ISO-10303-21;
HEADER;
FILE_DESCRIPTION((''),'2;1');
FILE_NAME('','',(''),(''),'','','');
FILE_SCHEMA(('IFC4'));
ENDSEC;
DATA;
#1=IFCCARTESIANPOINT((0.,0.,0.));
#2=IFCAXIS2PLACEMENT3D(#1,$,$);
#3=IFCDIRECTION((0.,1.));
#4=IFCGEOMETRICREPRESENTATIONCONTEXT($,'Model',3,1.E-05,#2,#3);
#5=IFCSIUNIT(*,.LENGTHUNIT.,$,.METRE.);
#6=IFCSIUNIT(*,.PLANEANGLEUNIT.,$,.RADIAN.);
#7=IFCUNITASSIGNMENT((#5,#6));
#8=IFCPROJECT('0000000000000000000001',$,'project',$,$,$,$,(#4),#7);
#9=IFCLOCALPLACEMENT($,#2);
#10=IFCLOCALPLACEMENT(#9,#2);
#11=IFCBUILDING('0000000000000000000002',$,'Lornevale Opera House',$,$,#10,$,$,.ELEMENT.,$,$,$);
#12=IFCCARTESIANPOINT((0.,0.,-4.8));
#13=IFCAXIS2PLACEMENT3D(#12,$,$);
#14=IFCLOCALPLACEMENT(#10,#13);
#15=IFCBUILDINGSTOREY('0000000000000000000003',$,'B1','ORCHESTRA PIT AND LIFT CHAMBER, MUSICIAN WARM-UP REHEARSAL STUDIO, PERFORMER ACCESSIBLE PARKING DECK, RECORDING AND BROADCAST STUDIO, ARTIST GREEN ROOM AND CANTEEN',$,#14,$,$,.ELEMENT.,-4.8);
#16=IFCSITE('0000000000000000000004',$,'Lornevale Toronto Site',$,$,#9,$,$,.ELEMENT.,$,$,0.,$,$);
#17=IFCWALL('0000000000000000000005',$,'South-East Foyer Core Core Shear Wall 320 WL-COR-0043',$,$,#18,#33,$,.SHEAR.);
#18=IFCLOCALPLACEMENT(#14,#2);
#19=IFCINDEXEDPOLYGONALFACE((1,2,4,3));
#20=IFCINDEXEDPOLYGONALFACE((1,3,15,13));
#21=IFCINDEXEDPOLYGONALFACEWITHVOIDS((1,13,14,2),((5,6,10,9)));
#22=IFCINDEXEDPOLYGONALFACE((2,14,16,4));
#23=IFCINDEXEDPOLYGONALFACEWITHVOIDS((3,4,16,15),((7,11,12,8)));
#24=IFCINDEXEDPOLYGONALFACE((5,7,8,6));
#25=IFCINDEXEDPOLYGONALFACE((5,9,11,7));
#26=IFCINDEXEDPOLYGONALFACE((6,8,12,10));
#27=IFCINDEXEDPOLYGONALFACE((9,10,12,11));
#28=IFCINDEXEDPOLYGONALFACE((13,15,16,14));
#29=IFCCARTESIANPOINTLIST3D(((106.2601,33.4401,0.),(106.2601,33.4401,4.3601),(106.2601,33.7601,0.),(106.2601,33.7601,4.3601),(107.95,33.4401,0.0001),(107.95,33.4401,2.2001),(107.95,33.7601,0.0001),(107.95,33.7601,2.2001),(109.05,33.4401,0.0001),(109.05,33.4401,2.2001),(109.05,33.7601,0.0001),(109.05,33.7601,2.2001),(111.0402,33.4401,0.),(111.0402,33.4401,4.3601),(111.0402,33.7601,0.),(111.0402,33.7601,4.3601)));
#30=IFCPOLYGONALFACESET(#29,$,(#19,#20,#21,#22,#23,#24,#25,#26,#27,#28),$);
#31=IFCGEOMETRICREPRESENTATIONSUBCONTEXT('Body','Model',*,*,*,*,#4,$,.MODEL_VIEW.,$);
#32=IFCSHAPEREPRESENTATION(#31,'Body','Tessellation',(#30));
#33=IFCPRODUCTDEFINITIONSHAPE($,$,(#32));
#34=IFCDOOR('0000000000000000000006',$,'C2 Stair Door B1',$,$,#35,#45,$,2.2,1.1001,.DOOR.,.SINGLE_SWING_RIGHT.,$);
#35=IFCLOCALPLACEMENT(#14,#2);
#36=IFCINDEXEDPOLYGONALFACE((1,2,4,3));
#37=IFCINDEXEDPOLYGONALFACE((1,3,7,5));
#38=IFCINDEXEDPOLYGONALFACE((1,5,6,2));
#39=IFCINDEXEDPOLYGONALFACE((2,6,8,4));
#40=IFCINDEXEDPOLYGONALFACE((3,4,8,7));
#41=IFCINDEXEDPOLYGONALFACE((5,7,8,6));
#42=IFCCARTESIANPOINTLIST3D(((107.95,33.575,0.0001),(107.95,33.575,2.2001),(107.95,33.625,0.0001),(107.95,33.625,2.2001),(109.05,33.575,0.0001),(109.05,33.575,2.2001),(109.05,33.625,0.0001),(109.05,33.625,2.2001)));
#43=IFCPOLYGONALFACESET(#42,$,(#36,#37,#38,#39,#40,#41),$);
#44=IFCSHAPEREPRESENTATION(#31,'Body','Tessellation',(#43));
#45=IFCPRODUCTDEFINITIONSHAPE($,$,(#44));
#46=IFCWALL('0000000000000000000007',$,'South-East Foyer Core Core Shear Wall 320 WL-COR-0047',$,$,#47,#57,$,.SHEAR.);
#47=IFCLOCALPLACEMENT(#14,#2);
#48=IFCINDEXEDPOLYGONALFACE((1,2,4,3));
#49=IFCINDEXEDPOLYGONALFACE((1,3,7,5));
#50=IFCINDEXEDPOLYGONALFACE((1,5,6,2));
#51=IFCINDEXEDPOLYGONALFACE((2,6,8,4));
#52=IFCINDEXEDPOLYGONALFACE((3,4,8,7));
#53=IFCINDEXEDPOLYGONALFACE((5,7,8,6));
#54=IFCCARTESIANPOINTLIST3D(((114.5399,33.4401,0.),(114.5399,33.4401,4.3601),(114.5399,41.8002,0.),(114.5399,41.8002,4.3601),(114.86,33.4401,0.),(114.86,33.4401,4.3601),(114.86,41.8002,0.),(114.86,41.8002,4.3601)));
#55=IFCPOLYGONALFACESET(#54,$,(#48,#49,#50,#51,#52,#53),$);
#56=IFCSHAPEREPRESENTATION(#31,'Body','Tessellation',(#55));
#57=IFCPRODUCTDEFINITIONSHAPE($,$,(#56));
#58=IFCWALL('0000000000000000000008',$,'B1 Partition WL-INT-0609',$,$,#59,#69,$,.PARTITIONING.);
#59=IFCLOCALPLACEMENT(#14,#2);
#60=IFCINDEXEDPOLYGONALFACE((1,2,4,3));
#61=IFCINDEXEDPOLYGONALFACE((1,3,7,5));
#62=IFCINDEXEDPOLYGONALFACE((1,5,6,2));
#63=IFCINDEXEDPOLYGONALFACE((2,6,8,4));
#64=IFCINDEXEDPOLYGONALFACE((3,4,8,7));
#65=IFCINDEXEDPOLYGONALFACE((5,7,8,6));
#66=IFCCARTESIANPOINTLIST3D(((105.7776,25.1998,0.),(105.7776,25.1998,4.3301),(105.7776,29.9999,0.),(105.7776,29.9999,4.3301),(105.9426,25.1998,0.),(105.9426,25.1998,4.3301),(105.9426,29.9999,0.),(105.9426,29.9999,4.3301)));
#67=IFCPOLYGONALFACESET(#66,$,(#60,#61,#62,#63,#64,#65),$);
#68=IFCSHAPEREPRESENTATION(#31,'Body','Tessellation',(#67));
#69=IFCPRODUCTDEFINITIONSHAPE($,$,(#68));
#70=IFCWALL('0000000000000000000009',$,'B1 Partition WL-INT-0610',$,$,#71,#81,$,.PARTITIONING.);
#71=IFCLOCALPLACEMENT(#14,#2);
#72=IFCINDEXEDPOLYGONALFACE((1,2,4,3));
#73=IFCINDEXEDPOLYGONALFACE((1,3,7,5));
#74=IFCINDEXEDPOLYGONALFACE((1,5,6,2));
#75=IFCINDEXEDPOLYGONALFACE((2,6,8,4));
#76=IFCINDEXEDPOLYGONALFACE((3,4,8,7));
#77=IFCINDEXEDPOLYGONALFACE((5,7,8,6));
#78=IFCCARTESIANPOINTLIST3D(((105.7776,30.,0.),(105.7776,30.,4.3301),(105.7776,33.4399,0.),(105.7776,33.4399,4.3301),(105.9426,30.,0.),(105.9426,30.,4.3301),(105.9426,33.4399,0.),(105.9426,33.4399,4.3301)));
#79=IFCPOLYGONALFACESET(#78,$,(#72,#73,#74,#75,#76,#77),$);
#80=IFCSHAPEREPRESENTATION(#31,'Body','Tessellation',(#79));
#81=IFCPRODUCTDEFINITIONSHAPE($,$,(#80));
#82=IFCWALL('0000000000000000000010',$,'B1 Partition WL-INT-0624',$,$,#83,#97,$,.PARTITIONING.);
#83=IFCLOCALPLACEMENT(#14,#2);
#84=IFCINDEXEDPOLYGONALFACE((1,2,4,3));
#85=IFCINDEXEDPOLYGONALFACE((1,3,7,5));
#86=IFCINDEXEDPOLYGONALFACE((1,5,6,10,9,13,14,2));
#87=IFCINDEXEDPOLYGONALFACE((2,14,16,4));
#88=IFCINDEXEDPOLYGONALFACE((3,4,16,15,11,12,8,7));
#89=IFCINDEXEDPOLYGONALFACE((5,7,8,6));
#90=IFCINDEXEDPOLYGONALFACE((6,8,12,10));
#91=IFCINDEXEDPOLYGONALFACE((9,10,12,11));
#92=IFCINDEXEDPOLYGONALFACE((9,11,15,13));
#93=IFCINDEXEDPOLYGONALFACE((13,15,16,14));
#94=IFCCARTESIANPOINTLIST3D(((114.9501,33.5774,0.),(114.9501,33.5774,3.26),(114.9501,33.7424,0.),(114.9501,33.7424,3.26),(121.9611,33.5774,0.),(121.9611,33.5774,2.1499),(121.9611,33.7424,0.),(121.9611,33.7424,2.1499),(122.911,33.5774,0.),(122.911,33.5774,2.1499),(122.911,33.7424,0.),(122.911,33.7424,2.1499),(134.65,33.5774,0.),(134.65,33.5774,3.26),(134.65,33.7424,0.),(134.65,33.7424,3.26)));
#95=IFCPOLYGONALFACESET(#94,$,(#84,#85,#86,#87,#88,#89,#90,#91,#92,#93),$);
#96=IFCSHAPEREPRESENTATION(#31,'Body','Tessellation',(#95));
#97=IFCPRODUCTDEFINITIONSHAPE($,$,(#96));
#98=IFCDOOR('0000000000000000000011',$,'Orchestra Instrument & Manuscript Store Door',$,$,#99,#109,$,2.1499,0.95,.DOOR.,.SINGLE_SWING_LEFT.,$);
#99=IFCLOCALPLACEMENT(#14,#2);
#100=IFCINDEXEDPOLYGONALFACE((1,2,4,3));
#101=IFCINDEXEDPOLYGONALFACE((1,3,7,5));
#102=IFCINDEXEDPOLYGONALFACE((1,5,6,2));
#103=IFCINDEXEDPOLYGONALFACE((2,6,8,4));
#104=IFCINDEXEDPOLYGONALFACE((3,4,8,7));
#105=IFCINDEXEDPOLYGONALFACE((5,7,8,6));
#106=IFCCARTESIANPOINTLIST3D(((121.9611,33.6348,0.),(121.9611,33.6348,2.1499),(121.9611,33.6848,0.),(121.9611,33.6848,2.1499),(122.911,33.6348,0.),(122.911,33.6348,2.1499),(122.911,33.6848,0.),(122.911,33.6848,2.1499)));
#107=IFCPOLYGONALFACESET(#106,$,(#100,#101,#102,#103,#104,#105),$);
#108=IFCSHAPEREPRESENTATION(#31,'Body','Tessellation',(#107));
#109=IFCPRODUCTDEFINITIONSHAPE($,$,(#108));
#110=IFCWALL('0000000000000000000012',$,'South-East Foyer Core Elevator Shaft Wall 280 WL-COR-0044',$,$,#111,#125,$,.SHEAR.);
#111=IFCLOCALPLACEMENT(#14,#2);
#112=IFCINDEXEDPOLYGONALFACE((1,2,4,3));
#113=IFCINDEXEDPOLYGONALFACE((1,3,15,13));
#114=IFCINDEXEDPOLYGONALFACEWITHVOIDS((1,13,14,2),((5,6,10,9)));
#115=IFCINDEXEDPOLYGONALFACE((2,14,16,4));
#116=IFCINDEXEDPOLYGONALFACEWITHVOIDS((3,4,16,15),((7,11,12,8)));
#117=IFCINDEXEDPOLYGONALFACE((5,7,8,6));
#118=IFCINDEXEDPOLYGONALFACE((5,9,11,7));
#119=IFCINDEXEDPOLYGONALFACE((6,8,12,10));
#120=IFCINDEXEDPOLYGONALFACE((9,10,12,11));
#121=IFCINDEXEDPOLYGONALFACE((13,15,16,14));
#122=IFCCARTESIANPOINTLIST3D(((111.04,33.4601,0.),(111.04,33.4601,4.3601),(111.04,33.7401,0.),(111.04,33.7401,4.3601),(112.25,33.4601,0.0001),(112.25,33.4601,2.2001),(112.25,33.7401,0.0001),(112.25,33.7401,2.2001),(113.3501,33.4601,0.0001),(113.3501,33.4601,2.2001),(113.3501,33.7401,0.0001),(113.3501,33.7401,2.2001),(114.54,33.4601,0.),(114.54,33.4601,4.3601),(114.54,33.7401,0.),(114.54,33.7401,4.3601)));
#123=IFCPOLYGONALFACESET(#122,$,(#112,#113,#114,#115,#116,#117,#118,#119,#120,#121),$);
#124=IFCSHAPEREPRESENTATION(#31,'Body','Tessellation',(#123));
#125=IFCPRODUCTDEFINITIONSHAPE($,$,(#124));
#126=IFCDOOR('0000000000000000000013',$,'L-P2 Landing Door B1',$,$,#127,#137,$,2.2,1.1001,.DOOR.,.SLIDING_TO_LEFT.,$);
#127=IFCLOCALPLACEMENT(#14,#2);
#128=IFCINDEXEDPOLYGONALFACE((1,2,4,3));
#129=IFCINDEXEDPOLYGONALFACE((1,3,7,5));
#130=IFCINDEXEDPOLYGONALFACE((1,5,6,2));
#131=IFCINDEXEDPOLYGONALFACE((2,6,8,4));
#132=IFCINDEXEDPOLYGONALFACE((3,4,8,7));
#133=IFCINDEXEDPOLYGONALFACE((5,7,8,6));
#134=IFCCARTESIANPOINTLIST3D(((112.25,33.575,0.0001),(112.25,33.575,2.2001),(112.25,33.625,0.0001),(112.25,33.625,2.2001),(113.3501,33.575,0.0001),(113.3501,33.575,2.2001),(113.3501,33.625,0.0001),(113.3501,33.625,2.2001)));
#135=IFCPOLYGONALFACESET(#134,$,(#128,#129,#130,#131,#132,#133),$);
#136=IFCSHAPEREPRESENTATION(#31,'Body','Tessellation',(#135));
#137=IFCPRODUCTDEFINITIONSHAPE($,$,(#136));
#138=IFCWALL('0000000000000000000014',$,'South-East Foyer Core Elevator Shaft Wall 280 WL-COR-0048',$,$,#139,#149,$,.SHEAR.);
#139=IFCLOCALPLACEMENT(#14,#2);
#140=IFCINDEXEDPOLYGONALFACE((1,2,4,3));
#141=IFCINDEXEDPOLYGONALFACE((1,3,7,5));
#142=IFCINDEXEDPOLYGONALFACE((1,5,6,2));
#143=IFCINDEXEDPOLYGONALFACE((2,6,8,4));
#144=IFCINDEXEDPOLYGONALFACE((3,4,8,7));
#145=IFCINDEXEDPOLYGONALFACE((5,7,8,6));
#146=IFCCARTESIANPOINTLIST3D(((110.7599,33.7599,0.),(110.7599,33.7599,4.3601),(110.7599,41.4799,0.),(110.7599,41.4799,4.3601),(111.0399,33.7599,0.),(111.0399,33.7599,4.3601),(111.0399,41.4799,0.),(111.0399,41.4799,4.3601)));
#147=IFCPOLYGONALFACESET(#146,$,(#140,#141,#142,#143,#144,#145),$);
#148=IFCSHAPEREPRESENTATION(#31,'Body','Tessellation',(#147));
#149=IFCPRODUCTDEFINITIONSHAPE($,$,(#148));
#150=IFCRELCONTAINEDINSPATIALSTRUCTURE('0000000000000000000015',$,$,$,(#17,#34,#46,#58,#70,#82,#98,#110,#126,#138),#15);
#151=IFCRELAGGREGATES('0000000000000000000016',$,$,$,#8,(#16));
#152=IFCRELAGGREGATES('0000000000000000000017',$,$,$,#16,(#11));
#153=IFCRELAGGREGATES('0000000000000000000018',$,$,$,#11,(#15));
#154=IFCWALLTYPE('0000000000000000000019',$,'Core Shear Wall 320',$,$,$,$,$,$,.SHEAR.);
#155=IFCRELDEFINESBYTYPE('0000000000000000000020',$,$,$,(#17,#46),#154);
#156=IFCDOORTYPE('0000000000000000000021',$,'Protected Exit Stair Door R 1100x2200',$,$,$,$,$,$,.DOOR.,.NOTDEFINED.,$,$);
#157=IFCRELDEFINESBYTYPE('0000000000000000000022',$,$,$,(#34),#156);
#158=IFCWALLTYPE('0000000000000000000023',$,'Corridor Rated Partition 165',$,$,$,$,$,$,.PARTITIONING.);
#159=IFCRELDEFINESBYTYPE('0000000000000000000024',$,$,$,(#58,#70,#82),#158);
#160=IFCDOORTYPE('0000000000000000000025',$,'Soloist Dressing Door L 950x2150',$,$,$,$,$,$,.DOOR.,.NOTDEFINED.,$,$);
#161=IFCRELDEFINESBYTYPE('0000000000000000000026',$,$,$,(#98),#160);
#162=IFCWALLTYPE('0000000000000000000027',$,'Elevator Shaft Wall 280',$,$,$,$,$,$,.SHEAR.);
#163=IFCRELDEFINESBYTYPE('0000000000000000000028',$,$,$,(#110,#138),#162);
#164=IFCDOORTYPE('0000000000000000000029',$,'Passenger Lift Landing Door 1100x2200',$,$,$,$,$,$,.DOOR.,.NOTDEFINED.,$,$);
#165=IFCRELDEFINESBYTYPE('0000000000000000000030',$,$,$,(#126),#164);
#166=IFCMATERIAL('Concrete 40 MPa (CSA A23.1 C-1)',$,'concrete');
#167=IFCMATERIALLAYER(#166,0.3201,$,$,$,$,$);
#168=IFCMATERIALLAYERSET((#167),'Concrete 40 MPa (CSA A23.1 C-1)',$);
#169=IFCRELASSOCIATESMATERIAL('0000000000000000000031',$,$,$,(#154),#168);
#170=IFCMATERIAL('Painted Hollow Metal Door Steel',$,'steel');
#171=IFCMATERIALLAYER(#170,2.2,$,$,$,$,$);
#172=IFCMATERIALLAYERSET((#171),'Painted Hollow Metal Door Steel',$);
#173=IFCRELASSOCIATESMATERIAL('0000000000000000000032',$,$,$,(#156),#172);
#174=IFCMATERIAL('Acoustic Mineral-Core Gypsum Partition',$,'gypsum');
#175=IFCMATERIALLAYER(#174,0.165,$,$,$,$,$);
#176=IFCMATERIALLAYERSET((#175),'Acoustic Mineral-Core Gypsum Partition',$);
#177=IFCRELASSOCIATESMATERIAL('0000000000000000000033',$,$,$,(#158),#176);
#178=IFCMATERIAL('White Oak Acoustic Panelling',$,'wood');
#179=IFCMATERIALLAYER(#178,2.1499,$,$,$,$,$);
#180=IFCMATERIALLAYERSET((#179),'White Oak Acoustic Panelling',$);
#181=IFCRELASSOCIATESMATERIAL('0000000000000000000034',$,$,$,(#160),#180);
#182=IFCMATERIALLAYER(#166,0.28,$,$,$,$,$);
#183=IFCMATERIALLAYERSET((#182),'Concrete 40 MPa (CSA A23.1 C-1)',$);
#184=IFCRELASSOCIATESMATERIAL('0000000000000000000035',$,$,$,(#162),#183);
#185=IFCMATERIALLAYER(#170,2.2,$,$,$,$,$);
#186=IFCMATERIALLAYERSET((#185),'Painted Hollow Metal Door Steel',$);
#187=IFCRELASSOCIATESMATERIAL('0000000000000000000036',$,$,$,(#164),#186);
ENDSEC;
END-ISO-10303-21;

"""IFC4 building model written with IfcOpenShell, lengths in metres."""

from ifc_helpers import new_model, si_unit, direction, frame, frame_2d, origin, place, context, subcontext, project, spatial, rectangle, extrude, material, layer, layer_set, type_object, element, fill, save


model = new_model("IFC4")

# Units and contexts
model_context = context("Model", 3, precision=1e-05, world=origin(), true_north=direction((0.0, 1.0)))
body_context = subcontext(model_context, "Body", "Model", "MODEL_VIEW")
ifc_project = project(units=[si_unit("LENGTHUNIT", "METRE"), si_unit("PLANEANGLEUNIT", "RADIAN")], contexts=[model_context])

# Site, building, storey
site_placement = place(None, origin())
site = spatial("IfcSite", under=ifc_project, at=site_placement, Name="Lornevale Toronto Site", CompositionType="ELEMENT", RefElevation=0.0)
building_placement = place(site_placement, origin())
building = spatial("IfcBuilding", under=site, at=building_placement, Name="Lornevale Opera House", CompositionType="ELEMENT")
storey_placement = place(building_placement, frame((0.0, 0.0, -4.8)))
storey = spatial("IfcBuildingStorey", under=building, at=storey_placement, Name="B1", Description="ORCHESTRA PIT AND LIFT CHAMBER, MUSICIAN WARM-UP REHEARSAL STUDIO, PERFORMER ACCESSIBLE PARKING DECK, RECORDING AND BROADCAST STUDIO, ARTIST GREEN ROOM AND CANTEEN", CompositionType="ELEMENT", Elevation=-4.8)

# Shared definitions
ifc_material_1 = material(Name="Concrete 40 MPa (CSA A23.1 C-1)", Category="concrete")

# Wall, opening, door
ifc_layer_1 = layer(ifc_material_1, 0.3201)
ifc_layer_set_1 = layer_set([ifc_layer_1], Name="Concrete 40 MPa (CSA A23.1 C-1)")
wall_type_1 = type_object("IfcWallType", Name="Core Shear Wall 320", PredefinedType="SHEAR", material=ifc_layer_set_1)
wall_1_placement = place(storey_placement, frame((106.26, 33.6001, 0.0), z_axis=(0.0, 0.0, 1.0), x_axis=(1.0, 0.0, 0.0)))
wall_1 = element("IfcWall", 1, at=wall_1_placement, inside=storey, type_object=wall_type_1, Name="South-East Foyer Core Core Shear Wall 320 WL-COR-0043", PredefinedType="SHEAR", context=body_context, shape_type="SweptSolid", body=[
    extrude(rectangle(XDim=4.78, YDim=0.3201, at=frame_2d((2.3901, 0.0))), origin(), (0.0, 0.0, 1.0), 4.3601),
])
opening_1_placement = place(wall_1_placement, frame((1.6899, 0.0, 0.0)))
opening_1 = element("IfcOpeningElement", 2, at=opening_1_placement, cuts=wall_1, PredefinedType="OPENING", context=body_context, shape_type="SweptSolid", body=[
    extrude(rectangle(XDim=1.1001, YDim=2.2, at=frame_2d((0.55, 1.1001))), frame((0.0, 0.1699, 0.0), z_axis=(0.0, -1.0, 0.0), x_axis=(1.0, 0.0, 0.0)), (0.0, 0.0, 1.0), 0.3401),
])
ifc_material_2 = material(Name="Painted Hollow Metal Door Steel", Category="steel")
ifc_layer_2 = layer(ifc_material_2, 2.2)
ifc_layer_set_2 = layer_set([ifc_layer_2], Name="Painted Hollow Metal Door Steel")
door_type_1 = type_object("IfcDoorType", Name="Protected Exit Stair Door R 1100x2200", OperationType="NOTDEFINED", PredefinedType="DOOR", material=ifc_layer_set_2)
door_1_placement = place(opening_1_placement, origin())
door_1 = element("IfcDoor", 3, at=door_1_placement, inside=storey, type_object=door_type_1, Name="C2 Stair Door B1", OperationType="SINGLE_SWING_RIGHT", OverallHeight=2.2, OverallWidth=1.1001, PredefinedType="DOOR", context=body_context, shape_type="SweptSolid", body=[
    extrude(rectangle(XDim=1.1001, YDim=2.2, at=frame_2d((0.55, 1.1001))), frame((0.0, 0.0249, 0.0), z_axis=(0.0, -1.0, 0.0), x_axis=(1.0, 0.0, 0.0)), (0.0, 0.0, 1.0), 0.05),
])
fill(opening_1, door_1)

# Walls
wall_2_placement = place(storey_placement, frame((114.7, 33.4399, 0.0), z_axis=(0.0, 0.0, 1.0), x_axis=(0.0, 1.0, 0.0)))
element("IfcWall", 4, at=wall_2_placement, inside=storey, type_object=wall_type_1, Name="South-East Foyer Core Core Shear Wall 320 WL-COR-0047", PredefinedType="SHEAR", context=body_context, shape_type="SweptSolid", body=[
    extrude(rectangle(XDim=8.3601, YDim=0.3201, at=frame_2d((4.1802, 0.0))), origin(), (0.0, 0.0, 1.0), 4.3601),
])
ifc_material_3 = material(Name="Acoustic Mineral-Core Gypsum Partition", Category="gypsum")
ifc_layer_3 = layer(ifc_material_3, 0.165)
ifc_layer_set_3 = layer_set([ifc_layer_3], Name="Acoustic Mineral-Core Gypsum Partition")
wall_type_2 = type_object("IfcWallType", Name="Corridor Rated Partition 165", PredefinedType="PARTITIONING", material=ifc_layer_set_3)
wall_3_placement = place(storey_placement, frame((105.8601, 25.2, 0.0), z_axis=(0.0, 0.0, 1.0), x_axis=(0.0, 1.0, 0.0)))
element("IfcWall", 5, at=wall_3_placement, inside=storey, type_object=wall_type_2, Name="B1 Partition WL-INT-0609", PredefinedType="PARTITIONING", context=body_context, shape_type="SweptSolid", body=[
    extrude(rectangle(XDim=4.8, YDim=0.165, at=frame_2d((2.3999, 0.0))), origin(), (0.0, 0.0, 1.0), 4.3301),
])
wall_4_placement = place(storey_placement, frame((105.8601, 30.0, 0.0), z_axis=(0.0, 0.0, 1.0), x_axis=(0.0, 1.0, 0.0)))
element("IfcWall", 6, at=wall_4_placement, inside=storey, type_object=wall_type_2, Name="B1 Partition WL-INT-0610", PredefinedType="PARTITIONING", context=body_context, shape_type="SweptSolid", body=[
    extrude(rectangle(XDim=3.4399, YDim=0.165, at=frame_2d((1.72, 0.0))), origin(), (0.0, 0.0, 1.0), 4.3301),
])

# Walls, openings, doors
wall_5_placement = place(storey_placement, frame((114.95, 33.6599, 0.0), z_axis=(0.0, 0.0, 1.0), x_axis=(1.0, 0.0, 0.0)))
wall_5 = element("IfcWall", 7, at=wall_5_placement, inside=storey, type_object=wall_type_2, Name="B1 Partition WL-INT-0624", PredefinedType="PARTITIONING", context=body_context, shape_type="SweptSolid", body=[
    extrude(rectangle(XDim=19.7, YDim=0.165, at=frame_2d((9.8501, 0.0))), origin(), (0.0, 0.0, 1.0), 3.26),
])
opening_2_placement = place(wall_5_placement, frame((7.011, 0.0, 0.0)))
opening_2 = element("IfcOpeningElement", 8, at=opening_2_placement, cuts=wall_5, PredefinedType="OPENING", context=body_context, shape_type="SweptSolid", body=[
    extrude(rectangle(XDim=0.95, YDim=2.1499, at=frame_2d((0.4751, 1.075))), frame((0.0, 0.0925, 0.0), z_axis=(0.0, -1.0, 0.0), x_axis=(1.0, 0.0, 0.0)), (0.0, 0.0, 1.0), 0.1851),
])
ifc_material_4 = material(Name="White Oak Acoustic Panelling", Category="wood")
ifc_layer_4 = layer(ifc_material_4, 2.1499)
ifc_layer_set_4 = layer_set([ifc_layer_4], Name="White Oak Acoustic Panelling")
door_type_2 = type_object("IfcDoorType", Name="Soloist Dressing Door L 950x2150", OperationType="NOTDEFINED", PredefinedType="DOOR", material=ifc_layer_set_4)
door_2_placement = place(opening_2_placement, origin())
door_2 = element("IfcDoor", 9, at=door_2_placement, inside=storey, type_object=door_type_2, Name="Orchestra Instrument & Manuscript Store Door", OperationType="SINGLE_SWING_LEFT", OverallHeight=2.1499, OverallWidth=0.95, PredefinedType="DOOR", context=body_context, shape_type="SweptSolid", body=[
    extrude(rectangle(XDim=0.95, YDim=2.1499, at=frame_2d((0.4751, 1.075))), frame((0.0, 0.0249, 0.0), z_axis=(0.0, -1.0, 0.0), x_axis=(1.0, 0.0, 0.0)), (0.0, 0.0, 1.0), 0.05),
])
fill(opening_2, door_2)
ifc_layer_5 = layer(ifc_material_1, 0.28)
ifc_layer_set_5 = layer_set([ifc_layer_5], Name="Concrete 40 MPa (CSA A23.1 C-1)")
wall_type_3 = type_object("IfcWallType", Name="Elevator Shaft Wall 280", PredefinedType="SHEAR", material=ifc_layer_set_5)
wall_6_placement = place(storey_placement, frame((111.04, 33.6001, 0.0), z_axis=(0.0, 0.0, 1.0), x_axis=(1.0, 0.0, 0.0)))
wall_6 = element("IfcWall", 10, at=wall_6_placement, inside=storey, type_object=wall_type_3, Name="South-East Foyer Core Elevator Shaft Wall 280 WL-COR-0044", PredefinedType="SHEAR", context=body_context, shape_type="SweptSolid", body=[
    extrude(rectangle(XDim=3.5, YDim=0.28, at=frame_2d((1.75, 0.0))), origin(), (0.0, 0.0, 1.0), 4.3601),
])
opening_3_placement = place(wall_6_placement, frame((1.21, 0.0, 0.0)))
opening_3 = element("IfcOpeningElement", 11, at=opening_3_placement, cuts=wall_6, PredefinedType="OPENING", context=body_context, shape_type="SweptSolid", body=[
    extrude(rectangle(XDim=1.1001, YDim=2.2, at=frame_2d((0.55, 1.1001))), frame((0.0, 0.1499, 0.0), z_axis=(0.0, -1.0, 0.0), x_axis=(1.0, 0.0, 0.0)), (0.0, 0.0, 1.0), 0.3),
])
ifc_layer_6 = layer(ifc_material_2, 2.2)
ifc_layer_set_6 = layer_set([ifc_layer_6], Name="Painted Hollow Metal Door Steel")
door_type_3 = type_object("IfcDoorType", Name="Passenger Lift Landing Door 1100x2200", OperationType="NOTDEFINED", PredefinedType="DOOR", material=ifc_layer_set_6)
door_3_placement = place(opening_3_placement, origin())
door_3 = element("IfcDoor", 12, at=door_3_placement, inside=storey, type_object=door_type_3, Name="L-P2 Landing Door B1", OperationType="SLIDING_TO_LEFT", OverallHeight=2.2, OverallWidth=1.1001, PredefinedType="DOOR", context=body_context, shape_type="SweptSolid", body=[
    extrude(rectangle(XDim=1.1001, YDim=2.2, at=frame_2d((0.55, 1.1001))), frame((0.0, 0.0249, 0.0), z_axis=(0.0, -1.0, 0.0), x_axis=(1.0, 0.0, 0.0)), (0.0, 0.0, 1.0), 0.05),
])
fill(opening_3, door_3)

# Wall
wall_7_placement = place(storey_placement, frame((110.8999, 33.76, 0.0), z_axis=(0.0, 0.0, 1.0), x_axis=(0.0, 1.0, 0.0)))
element("IfcWall", 13, at=wall_7_placement, inside=storey, type_object=wall_type_3, Name="South-East Foyer Core Elevator Shaft Wall 280 WL-COR-0048", PredefinedType="SHEAR", context=body_context, shape_type="SweptSolid", body=[
    extrude(rectangle(XDim=7.72, YDim=0.28, at=frame_2d((3.8599, 0.0))), origin(), (0.0, 0.0, 1.0), 4.3601),
])

save(model, "model.ifc")
